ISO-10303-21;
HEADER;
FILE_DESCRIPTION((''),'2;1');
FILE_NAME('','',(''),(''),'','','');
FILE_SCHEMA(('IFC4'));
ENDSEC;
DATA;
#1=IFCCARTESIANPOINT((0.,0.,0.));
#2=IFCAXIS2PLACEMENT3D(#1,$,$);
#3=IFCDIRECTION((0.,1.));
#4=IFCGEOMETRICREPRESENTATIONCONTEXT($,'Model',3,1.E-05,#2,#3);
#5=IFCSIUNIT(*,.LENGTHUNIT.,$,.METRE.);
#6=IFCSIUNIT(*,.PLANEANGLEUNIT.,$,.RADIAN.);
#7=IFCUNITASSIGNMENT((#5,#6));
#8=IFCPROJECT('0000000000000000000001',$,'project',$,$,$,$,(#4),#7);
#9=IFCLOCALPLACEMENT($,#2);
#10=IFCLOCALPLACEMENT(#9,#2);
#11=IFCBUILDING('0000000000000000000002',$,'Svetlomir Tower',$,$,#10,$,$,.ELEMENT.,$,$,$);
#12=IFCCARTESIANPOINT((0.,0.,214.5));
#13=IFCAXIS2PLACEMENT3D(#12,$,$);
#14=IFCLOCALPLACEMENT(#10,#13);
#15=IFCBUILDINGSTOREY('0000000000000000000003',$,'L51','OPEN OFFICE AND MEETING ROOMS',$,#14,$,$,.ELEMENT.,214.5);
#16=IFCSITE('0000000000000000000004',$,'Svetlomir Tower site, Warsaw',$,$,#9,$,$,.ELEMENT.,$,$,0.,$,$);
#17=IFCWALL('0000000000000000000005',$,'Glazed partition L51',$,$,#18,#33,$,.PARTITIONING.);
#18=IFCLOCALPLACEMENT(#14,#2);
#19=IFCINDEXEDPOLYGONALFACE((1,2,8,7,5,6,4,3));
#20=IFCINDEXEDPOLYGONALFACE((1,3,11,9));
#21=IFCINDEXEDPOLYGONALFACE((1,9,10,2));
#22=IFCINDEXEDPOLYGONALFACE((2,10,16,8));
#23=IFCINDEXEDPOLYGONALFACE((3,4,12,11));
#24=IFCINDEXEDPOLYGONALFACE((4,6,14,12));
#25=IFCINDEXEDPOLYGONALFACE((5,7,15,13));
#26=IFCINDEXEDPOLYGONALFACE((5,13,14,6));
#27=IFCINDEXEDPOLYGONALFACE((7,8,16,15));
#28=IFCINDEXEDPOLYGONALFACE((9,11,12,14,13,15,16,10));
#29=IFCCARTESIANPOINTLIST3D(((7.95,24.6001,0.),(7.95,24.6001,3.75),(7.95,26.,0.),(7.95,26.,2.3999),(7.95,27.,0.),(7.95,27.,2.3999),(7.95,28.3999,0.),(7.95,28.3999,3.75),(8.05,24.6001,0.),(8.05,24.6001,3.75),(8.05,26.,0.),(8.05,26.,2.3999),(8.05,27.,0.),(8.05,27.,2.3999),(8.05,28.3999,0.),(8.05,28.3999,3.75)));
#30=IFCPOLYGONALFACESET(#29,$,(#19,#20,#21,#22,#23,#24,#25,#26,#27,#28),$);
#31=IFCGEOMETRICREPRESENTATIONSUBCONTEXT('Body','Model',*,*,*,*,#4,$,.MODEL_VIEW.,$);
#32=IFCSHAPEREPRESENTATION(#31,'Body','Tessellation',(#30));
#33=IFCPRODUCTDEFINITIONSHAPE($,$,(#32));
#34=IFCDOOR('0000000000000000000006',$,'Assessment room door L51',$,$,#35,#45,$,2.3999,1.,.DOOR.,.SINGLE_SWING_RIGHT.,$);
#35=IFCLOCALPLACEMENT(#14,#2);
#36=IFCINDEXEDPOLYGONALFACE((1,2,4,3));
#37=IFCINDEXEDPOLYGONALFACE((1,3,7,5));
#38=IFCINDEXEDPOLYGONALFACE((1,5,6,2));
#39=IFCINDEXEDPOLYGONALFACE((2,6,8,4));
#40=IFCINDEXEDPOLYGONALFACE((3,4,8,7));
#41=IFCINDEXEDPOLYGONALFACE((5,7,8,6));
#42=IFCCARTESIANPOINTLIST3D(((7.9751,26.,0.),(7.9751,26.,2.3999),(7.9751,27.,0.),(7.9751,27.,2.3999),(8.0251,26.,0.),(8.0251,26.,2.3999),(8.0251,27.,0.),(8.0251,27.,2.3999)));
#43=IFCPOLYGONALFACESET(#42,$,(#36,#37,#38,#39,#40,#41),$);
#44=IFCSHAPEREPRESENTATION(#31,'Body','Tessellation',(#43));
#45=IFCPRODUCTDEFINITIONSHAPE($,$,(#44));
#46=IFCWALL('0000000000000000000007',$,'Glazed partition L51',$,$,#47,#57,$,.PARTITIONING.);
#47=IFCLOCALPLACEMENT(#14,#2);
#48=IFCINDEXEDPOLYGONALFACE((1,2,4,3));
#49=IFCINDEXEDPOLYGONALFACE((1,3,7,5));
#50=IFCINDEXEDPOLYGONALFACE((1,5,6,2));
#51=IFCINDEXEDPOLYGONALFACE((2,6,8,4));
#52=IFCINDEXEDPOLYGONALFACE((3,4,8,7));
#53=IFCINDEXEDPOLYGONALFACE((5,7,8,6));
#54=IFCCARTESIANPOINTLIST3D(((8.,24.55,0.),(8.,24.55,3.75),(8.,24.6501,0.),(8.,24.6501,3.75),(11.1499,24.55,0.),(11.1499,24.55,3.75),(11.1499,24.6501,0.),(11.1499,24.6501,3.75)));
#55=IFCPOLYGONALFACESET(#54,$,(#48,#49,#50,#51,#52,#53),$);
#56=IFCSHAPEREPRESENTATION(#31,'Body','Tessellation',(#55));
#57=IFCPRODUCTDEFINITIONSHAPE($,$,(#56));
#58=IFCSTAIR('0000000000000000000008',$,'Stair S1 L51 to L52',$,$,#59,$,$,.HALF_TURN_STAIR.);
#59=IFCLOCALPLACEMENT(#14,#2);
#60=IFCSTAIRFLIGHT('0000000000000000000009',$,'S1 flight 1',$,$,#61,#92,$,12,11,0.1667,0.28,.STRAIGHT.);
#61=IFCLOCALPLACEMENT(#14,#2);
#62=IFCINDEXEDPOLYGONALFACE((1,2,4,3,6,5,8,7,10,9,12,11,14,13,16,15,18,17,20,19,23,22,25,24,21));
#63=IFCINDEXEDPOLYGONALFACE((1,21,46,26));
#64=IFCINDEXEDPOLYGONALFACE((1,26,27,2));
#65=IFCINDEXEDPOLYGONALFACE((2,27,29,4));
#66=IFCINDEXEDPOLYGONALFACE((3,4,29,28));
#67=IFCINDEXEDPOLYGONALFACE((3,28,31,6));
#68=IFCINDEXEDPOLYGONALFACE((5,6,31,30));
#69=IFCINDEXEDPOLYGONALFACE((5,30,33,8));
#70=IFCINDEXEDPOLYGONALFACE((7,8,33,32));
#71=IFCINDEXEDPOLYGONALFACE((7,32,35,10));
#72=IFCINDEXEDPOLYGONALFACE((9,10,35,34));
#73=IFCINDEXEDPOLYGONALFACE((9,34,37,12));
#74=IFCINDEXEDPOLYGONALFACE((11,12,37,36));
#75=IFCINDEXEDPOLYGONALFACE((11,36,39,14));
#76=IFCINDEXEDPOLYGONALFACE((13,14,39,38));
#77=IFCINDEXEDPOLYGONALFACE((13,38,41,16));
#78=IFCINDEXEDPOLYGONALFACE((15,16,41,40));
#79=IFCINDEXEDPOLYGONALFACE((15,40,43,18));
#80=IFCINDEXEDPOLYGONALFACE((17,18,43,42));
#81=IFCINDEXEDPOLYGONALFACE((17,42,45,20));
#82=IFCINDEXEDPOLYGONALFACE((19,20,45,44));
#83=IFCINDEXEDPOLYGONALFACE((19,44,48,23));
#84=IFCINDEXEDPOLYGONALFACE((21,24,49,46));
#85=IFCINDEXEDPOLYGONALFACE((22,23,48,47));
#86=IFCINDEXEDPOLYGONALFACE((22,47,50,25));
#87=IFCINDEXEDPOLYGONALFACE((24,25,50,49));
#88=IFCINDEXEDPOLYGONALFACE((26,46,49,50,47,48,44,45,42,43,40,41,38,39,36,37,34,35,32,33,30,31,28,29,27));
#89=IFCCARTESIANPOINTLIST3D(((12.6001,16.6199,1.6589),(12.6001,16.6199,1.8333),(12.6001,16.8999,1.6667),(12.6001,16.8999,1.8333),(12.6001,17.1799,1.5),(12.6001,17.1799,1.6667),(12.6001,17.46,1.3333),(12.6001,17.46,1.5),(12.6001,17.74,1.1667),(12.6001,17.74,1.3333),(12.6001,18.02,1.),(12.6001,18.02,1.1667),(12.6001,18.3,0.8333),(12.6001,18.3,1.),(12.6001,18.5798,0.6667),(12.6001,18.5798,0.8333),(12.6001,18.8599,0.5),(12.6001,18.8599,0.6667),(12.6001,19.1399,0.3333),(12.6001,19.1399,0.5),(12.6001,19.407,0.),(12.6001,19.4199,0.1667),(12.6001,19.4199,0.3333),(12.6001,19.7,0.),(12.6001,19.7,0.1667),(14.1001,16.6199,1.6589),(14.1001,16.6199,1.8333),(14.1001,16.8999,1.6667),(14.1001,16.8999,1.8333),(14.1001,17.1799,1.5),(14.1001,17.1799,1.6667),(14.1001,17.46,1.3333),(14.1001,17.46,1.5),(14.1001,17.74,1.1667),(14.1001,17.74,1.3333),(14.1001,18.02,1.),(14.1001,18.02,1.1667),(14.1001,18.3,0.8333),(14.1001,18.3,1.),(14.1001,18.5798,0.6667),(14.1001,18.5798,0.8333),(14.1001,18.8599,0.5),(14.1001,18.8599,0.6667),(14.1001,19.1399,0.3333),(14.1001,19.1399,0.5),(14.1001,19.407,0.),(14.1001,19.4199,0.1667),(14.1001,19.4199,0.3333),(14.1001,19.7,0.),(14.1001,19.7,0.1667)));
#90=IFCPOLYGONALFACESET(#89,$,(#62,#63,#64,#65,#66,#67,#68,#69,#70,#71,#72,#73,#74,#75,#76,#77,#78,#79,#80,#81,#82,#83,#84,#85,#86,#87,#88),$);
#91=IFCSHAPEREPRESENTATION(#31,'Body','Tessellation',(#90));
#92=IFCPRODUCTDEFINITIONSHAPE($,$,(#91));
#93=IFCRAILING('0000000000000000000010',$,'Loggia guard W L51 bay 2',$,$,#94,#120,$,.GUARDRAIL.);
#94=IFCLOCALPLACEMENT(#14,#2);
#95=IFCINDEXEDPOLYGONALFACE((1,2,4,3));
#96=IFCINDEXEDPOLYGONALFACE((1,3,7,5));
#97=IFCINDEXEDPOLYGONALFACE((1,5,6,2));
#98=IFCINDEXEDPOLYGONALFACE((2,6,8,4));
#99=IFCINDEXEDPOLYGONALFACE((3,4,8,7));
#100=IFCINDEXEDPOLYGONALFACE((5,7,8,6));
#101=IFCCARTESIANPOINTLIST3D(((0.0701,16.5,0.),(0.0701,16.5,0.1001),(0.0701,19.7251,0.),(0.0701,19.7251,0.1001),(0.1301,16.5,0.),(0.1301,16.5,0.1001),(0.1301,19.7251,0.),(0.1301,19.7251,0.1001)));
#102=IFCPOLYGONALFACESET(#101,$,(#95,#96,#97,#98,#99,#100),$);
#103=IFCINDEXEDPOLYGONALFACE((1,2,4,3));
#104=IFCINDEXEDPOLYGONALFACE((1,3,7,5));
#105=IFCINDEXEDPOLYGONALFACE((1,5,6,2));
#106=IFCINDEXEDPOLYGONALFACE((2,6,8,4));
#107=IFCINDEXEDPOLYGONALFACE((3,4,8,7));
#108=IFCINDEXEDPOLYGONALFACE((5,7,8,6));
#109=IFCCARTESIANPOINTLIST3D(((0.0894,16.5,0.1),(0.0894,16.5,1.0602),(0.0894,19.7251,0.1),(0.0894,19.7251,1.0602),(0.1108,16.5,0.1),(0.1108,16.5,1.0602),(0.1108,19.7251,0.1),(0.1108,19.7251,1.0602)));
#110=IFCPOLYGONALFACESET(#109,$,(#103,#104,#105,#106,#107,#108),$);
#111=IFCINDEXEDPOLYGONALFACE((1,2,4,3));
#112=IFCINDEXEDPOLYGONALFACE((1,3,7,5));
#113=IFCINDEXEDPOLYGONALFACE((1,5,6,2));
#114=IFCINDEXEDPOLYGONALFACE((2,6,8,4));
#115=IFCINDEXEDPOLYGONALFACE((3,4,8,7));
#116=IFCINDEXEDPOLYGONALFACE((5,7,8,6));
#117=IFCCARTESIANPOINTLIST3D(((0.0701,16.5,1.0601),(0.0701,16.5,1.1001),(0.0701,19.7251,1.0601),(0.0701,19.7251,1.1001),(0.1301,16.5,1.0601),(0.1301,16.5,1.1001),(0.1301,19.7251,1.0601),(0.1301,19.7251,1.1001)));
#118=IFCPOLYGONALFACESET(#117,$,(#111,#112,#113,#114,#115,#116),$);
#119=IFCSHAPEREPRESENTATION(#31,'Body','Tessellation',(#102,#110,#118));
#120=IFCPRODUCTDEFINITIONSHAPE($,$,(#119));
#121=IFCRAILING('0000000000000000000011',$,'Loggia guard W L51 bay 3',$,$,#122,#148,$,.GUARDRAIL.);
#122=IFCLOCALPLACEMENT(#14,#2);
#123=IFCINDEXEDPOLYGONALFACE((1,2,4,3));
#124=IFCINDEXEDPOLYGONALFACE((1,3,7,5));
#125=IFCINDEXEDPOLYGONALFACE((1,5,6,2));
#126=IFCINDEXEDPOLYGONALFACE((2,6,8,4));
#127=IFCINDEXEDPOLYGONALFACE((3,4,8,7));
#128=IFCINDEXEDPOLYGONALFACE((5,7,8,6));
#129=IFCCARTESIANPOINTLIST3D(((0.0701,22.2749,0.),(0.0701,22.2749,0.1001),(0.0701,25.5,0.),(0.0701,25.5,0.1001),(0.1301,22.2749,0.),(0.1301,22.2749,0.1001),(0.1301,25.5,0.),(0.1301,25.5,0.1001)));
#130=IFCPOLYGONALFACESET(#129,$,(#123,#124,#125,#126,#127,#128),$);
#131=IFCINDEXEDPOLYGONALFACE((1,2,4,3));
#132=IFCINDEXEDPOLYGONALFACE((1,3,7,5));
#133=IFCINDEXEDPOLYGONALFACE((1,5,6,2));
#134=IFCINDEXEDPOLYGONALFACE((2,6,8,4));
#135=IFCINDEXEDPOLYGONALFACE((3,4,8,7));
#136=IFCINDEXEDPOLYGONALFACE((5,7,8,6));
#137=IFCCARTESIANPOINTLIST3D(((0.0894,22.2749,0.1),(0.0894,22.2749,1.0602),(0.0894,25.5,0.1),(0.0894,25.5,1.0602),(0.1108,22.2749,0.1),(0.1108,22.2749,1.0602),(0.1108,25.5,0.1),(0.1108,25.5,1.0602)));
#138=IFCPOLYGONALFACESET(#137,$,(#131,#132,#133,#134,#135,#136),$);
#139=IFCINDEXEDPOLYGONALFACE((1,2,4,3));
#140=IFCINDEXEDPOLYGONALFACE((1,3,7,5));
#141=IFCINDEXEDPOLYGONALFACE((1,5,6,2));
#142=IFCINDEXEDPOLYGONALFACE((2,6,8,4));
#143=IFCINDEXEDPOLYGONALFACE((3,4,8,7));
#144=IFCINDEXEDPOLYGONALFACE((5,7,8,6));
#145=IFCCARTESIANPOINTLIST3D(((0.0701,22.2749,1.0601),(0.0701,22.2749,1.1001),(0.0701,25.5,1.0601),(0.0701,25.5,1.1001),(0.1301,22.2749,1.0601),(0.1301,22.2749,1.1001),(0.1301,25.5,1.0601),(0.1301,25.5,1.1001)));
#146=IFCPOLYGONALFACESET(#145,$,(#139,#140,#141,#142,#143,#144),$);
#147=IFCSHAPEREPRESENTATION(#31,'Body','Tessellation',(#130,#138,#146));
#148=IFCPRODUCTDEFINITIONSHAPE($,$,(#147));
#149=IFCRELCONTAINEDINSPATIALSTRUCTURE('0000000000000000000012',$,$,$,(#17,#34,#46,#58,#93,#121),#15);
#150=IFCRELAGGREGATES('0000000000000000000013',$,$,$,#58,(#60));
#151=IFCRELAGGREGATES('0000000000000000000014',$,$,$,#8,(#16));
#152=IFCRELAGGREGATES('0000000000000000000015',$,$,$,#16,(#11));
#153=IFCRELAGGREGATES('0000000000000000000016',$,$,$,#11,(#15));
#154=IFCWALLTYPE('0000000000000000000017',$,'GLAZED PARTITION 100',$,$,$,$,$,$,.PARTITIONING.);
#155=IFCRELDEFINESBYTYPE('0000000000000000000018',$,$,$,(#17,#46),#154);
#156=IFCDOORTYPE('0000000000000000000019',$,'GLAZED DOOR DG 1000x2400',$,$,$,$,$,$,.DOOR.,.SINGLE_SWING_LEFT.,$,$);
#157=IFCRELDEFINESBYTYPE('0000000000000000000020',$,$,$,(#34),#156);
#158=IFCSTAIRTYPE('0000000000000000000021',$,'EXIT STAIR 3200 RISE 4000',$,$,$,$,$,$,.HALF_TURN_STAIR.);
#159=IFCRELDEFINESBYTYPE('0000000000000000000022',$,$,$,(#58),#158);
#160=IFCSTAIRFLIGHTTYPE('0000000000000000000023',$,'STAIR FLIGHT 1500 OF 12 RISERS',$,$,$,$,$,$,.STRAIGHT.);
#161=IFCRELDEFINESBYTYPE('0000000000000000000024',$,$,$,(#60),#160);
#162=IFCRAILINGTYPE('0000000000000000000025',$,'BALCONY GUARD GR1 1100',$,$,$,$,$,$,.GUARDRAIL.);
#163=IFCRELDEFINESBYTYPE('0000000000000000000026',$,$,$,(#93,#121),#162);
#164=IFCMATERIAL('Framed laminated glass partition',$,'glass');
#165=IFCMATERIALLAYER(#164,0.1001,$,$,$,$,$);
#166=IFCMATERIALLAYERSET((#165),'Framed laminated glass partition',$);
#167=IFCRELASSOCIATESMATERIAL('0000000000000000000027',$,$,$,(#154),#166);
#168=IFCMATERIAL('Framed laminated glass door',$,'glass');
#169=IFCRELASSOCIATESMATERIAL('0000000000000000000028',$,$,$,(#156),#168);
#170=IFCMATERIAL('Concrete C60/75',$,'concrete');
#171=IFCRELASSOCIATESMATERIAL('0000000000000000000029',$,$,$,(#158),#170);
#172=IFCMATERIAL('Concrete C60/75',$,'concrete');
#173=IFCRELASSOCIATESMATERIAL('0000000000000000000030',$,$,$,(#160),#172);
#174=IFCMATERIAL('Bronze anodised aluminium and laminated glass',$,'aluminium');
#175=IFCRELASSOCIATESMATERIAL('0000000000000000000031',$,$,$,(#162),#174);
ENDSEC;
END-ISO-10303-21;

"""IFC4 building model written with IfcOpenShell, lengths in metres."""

from ifc_helpers import new_model, si_unit, direction, frame, frame_2d, origin, origin_2d, place, context, subcontext, project, spatial, polyline, rectangle, outline, extrude, material, layer, layer_set, type_object, element, fill, aggregate, save


model = new_model("IFC4")

# Units and contexts
model_context = context("Model", 3, precision=1e-05, world=origin(), true_north=direction((0.0, 1.0)))
body_context = subcontext(model_context, "Body", "Model", "MODEL_VIEW")
ifc_project = project(units=[si_unit("LENGTHUNIT", "METRE"), si_unit("PLANEANGLEUNIT", "RADIAN")], contexts=[model_context])

# Site, building, storey
site_placement = place(None, origin())
site = spatial("IfcSite", under=ifc_project, at=site_placement, Name="Svetlomir Tower site, Warsaw", CompositionType="ELEMENT", RefElevation=0.0)
building_placement = place(site_placement, origin())
building = spatial("IfcBuilding", under=site, at=building_placement, Name="Svetlomir Tower", CompositionType="ELEMENT")
storey_placement = place(building_placement, frame((0.0, 0.0, 214.5)))
storey = spatial("IfcBuildingStorey", under=building, at=storey_placement, Name="L51", Description="OPEN OFFICE AND MEETING ROOMS", CompositionType="ELEMENT", Elevation=214.5)

# Shared definitions
ifc_material_1 = material(Name="Framed laminated glass partition", Category="glass")
ifc_layer_1 = layer(ifc_material_1, 0.1001)
ifc_layer_set_1 = layer_set([ifc_layer_1], Name="Framed laminated glass partition")
wall_type_1 = type_object("IfcWallType", Name="GLAZED PARTITION 100", PredefinedType="PARTITIONING", material=ifc_layer_set_1)

# Shared definitions
ifc_material_2 = material(Name="Framed laminated glass door", Category="glass")
door_type_1 = type_object("IfcDoorType", Name="GLAZED DOOR DG 1000x2400", OperationType="SINGLE_SWING_LEFT", PredefinedType="DOOR", material=ifc_material_2)

# Wall, opening, door
wall_1_placement = place(storey_placement, frame((8.0, 24.6001, 0.0), z_axis=(0.0, 0.0, 1.0), x_axis=(0.0, 1.0, 0.0)))
wall_1 = element("IfcWall", 1, at=wall_1_placement, inside=storey, type_object=wall_type_1, Name="Glazed partition L51", PredefinedType="PARTITIONING", context=body_context, shape_type="SweptSolid", body=[
    extrude(rectangle(XDim=3.7998, YDim=0.1001, at=frame_2d((1.8999, 0.0))), origin(), (0.0, 0.0, 1.0), 3.75),
])
opening_1_placement = place(wall_1_placement, frame((1.3999, 0.0, 0.0)))
opening_1 = element("IfcOpeningElement", 2, at=opening_1_placement, cuts=wall_1, PredefinedType="OPENING", context=body_context, shape_type="SweptSolid", body=[
    extrude(rectangle(XDim=1.0, YDim=2.3999, at=frame_2d((0.5, 1.2))), frame((0.0, 0.0601, 0.0), z_axis=(0.0, -1.0, 0.0), x_axis=(1.0, 0.0, 0.0)), (0.0, 0.0, 1.0), 0.1201),
])
door_1_placement = place(opening_1_placement, origin())
door_1 = element("IfcDoor", 3, at=door_1_placement, inside=storey, type_object=door_type_1, Name="Assessment room door L51", OperationType="SINGLE_SWING_RIGHT", OverallHeight=2.3999, OverallWidth=1.0, PredefinedType="DOOR", context=body_context, shape_type="SweptSolid", body=[
    extrude(rectangle(XDim=1.0, YDim=2.3999, at=frame_2d((0.5, 1.2))), frame((0.0, 0.0249, 0.0), z_axis=(0.0, -1.0, 0.0), x_axis=(1.0, 0.0, 0.0)), (0.0, 0.0, 1.0), 0.05),
])
fill(opening_1, door_1)

# Wall
wall_2_placement = place(storey_placement, frame((8.0, 24.6001, 0.0), z_axis=(0.0, 0.0, 1.0), x_axis=(1.0, 0.0, 0.0)))
element("IfcWall", 4, at=wall_2_placement, inside=storey, type_object=wall_type_1, Name="Glazed partition L51", PredefinedType="PARTITIONING", context=body_context, shape_type="SweptSolid", body=[
    extrude(rectangle(XDim=3.1499, YDim=0.1001, at=frame_2d((1.575, 0.0))), origin(), (0.0, 0.0, 1.0), 3.75),
])

# Stair, stair flight
ifc_material_3 = material(Name="Concrete C60/75", Category="concrete")
stair_type = type_object("IfcStairType", Name="EXIT STAIR 3200 RISE 4000", PredefinedType="HALF_TURN_STAIR", material=ifc_material_3)
stair_placement = place(storey_placement, origin())
stair = element("IfcStair", 5, at=stair_placement, inside=storey, type_object=stair_type, Name="Stair S1 L51 to L52", PredefinedType="HALF_TURN_STAIR")
ifc_material_4 = material(Name="Concrete C60/75", Category="concrete")
stair_flight_type = type_object("IfcStairFlightType", Name="STAIR FLIGHT 1500 OF 12 RISERS", PredefinedType="STRAIGHT", material=ifc_material_4)
stair_flight_placement = place(storey_placement, frame((13.3501, 19.7, 0.0), z_axis=(0.0, 0.0, 1.0), x_axis=(0.0, -1.0, 0.0)))
stair_flight = element("IfcStairFlight", 6, at=stair_flight_placement, type_object=stair_flight_type, Name="S1 flight 1", NumberOfRisers=12, NumberOfTreads=11, PredefinedType="STRAIGHT", RiserHeight=0.1667, TreadLength=0.28, context=body_context, shape_type="SweptSolid", body=[
    extrude(outline(polyline([(0.0, 0.0), (0.0, 0.1667), (0.28, 0.1667), (0.28, 0.3333), (0.5601, 0.3333), (0.5601, 0.5), (0.8401, 0.5), (0.8401, 0.6667), (1.1201, 0.6667), (1.1201, 0.8333), (1.3999, 0.8333), (1.3999, 1.0), (1.6799, 1.0), (1.6799, 1.1667), (1.96, 1.1667), (1.96, 1.3333), (2.24, 1.3333), (2.24, 1.5), (2.52, 1.5), (2.52, 1.6667), (2.8, 1.6667), (2.8, 1.8333), (3.0801, 1.8333), (3.0801, 2.0), (3.0801, 1.6589), (0.293, 0.0), (0.0, 0.0)])), frame((0.0, 0.75, 0.0), z_axis=(0.0, -1.0, 0.0), x_axis=(1.0, 0.0, 0.0)), (0.0, 0.0, 1.0), 1.5),
])
aggregate(stair, [stair_flight])

# Railings
ifc_material_5 = material(Name="Bronze anodised aluminium and laminated glass", Category="aluminium")
railing_type_1 = type_object("IfcRailingType", Name="BALCONY GUARD GR1 1100", PredefinedType="GUARDRAIL", material=ifc_material_5)
for number, where, name in (
    (7, (0.1001, 16.5, 0.0), "Loggia guard W L51 bay 2"),
    (8, (0.1001, 22.2749, 0.0), "Loggia guard W L51 bay 3"),
):
    element("IfcRailing", number, at=place(storey_placement, frame(where)), inside=storey, type_object=railing_type_1, Name=name, PredefinedType="GUARDRAIL", context=body_context, shape_type="SweptSolid", body=[
        extrude(rectangle(XDim=0.0601, YDim=0.1001, at=origin_2d()), frame((0.0, 0.0, 0.05), z_axis=(0.0, 1.0, 0.0), x_axis=(-1.0, 0.0, 0.0)), (0.0, 0.0, 1.0), 3.2251),
        extrude(rectangle(XDim=0.0215, YDim=0.9602, at=origin_2d()), frame((0.0, 0.0, 0.5801), z_axis=(0.0, 1.0, 0.0), x_axis=(-1.0, 0.0, 0.0)), (0.0, 0.0, 1.0), 3.2251),
        extrude(rectangle(XDim=0.0601, YDim=0.04, at=origin_2d()), frame((0.0, 0.0, 1.0801), z_axis=(0.0, 1.0, 0.0), x_axis=(-1.0, 0.0, 0.0)), (0.0, 0.0, 1.0), 3.2251),
    ])

save(model, "model.ifc")
